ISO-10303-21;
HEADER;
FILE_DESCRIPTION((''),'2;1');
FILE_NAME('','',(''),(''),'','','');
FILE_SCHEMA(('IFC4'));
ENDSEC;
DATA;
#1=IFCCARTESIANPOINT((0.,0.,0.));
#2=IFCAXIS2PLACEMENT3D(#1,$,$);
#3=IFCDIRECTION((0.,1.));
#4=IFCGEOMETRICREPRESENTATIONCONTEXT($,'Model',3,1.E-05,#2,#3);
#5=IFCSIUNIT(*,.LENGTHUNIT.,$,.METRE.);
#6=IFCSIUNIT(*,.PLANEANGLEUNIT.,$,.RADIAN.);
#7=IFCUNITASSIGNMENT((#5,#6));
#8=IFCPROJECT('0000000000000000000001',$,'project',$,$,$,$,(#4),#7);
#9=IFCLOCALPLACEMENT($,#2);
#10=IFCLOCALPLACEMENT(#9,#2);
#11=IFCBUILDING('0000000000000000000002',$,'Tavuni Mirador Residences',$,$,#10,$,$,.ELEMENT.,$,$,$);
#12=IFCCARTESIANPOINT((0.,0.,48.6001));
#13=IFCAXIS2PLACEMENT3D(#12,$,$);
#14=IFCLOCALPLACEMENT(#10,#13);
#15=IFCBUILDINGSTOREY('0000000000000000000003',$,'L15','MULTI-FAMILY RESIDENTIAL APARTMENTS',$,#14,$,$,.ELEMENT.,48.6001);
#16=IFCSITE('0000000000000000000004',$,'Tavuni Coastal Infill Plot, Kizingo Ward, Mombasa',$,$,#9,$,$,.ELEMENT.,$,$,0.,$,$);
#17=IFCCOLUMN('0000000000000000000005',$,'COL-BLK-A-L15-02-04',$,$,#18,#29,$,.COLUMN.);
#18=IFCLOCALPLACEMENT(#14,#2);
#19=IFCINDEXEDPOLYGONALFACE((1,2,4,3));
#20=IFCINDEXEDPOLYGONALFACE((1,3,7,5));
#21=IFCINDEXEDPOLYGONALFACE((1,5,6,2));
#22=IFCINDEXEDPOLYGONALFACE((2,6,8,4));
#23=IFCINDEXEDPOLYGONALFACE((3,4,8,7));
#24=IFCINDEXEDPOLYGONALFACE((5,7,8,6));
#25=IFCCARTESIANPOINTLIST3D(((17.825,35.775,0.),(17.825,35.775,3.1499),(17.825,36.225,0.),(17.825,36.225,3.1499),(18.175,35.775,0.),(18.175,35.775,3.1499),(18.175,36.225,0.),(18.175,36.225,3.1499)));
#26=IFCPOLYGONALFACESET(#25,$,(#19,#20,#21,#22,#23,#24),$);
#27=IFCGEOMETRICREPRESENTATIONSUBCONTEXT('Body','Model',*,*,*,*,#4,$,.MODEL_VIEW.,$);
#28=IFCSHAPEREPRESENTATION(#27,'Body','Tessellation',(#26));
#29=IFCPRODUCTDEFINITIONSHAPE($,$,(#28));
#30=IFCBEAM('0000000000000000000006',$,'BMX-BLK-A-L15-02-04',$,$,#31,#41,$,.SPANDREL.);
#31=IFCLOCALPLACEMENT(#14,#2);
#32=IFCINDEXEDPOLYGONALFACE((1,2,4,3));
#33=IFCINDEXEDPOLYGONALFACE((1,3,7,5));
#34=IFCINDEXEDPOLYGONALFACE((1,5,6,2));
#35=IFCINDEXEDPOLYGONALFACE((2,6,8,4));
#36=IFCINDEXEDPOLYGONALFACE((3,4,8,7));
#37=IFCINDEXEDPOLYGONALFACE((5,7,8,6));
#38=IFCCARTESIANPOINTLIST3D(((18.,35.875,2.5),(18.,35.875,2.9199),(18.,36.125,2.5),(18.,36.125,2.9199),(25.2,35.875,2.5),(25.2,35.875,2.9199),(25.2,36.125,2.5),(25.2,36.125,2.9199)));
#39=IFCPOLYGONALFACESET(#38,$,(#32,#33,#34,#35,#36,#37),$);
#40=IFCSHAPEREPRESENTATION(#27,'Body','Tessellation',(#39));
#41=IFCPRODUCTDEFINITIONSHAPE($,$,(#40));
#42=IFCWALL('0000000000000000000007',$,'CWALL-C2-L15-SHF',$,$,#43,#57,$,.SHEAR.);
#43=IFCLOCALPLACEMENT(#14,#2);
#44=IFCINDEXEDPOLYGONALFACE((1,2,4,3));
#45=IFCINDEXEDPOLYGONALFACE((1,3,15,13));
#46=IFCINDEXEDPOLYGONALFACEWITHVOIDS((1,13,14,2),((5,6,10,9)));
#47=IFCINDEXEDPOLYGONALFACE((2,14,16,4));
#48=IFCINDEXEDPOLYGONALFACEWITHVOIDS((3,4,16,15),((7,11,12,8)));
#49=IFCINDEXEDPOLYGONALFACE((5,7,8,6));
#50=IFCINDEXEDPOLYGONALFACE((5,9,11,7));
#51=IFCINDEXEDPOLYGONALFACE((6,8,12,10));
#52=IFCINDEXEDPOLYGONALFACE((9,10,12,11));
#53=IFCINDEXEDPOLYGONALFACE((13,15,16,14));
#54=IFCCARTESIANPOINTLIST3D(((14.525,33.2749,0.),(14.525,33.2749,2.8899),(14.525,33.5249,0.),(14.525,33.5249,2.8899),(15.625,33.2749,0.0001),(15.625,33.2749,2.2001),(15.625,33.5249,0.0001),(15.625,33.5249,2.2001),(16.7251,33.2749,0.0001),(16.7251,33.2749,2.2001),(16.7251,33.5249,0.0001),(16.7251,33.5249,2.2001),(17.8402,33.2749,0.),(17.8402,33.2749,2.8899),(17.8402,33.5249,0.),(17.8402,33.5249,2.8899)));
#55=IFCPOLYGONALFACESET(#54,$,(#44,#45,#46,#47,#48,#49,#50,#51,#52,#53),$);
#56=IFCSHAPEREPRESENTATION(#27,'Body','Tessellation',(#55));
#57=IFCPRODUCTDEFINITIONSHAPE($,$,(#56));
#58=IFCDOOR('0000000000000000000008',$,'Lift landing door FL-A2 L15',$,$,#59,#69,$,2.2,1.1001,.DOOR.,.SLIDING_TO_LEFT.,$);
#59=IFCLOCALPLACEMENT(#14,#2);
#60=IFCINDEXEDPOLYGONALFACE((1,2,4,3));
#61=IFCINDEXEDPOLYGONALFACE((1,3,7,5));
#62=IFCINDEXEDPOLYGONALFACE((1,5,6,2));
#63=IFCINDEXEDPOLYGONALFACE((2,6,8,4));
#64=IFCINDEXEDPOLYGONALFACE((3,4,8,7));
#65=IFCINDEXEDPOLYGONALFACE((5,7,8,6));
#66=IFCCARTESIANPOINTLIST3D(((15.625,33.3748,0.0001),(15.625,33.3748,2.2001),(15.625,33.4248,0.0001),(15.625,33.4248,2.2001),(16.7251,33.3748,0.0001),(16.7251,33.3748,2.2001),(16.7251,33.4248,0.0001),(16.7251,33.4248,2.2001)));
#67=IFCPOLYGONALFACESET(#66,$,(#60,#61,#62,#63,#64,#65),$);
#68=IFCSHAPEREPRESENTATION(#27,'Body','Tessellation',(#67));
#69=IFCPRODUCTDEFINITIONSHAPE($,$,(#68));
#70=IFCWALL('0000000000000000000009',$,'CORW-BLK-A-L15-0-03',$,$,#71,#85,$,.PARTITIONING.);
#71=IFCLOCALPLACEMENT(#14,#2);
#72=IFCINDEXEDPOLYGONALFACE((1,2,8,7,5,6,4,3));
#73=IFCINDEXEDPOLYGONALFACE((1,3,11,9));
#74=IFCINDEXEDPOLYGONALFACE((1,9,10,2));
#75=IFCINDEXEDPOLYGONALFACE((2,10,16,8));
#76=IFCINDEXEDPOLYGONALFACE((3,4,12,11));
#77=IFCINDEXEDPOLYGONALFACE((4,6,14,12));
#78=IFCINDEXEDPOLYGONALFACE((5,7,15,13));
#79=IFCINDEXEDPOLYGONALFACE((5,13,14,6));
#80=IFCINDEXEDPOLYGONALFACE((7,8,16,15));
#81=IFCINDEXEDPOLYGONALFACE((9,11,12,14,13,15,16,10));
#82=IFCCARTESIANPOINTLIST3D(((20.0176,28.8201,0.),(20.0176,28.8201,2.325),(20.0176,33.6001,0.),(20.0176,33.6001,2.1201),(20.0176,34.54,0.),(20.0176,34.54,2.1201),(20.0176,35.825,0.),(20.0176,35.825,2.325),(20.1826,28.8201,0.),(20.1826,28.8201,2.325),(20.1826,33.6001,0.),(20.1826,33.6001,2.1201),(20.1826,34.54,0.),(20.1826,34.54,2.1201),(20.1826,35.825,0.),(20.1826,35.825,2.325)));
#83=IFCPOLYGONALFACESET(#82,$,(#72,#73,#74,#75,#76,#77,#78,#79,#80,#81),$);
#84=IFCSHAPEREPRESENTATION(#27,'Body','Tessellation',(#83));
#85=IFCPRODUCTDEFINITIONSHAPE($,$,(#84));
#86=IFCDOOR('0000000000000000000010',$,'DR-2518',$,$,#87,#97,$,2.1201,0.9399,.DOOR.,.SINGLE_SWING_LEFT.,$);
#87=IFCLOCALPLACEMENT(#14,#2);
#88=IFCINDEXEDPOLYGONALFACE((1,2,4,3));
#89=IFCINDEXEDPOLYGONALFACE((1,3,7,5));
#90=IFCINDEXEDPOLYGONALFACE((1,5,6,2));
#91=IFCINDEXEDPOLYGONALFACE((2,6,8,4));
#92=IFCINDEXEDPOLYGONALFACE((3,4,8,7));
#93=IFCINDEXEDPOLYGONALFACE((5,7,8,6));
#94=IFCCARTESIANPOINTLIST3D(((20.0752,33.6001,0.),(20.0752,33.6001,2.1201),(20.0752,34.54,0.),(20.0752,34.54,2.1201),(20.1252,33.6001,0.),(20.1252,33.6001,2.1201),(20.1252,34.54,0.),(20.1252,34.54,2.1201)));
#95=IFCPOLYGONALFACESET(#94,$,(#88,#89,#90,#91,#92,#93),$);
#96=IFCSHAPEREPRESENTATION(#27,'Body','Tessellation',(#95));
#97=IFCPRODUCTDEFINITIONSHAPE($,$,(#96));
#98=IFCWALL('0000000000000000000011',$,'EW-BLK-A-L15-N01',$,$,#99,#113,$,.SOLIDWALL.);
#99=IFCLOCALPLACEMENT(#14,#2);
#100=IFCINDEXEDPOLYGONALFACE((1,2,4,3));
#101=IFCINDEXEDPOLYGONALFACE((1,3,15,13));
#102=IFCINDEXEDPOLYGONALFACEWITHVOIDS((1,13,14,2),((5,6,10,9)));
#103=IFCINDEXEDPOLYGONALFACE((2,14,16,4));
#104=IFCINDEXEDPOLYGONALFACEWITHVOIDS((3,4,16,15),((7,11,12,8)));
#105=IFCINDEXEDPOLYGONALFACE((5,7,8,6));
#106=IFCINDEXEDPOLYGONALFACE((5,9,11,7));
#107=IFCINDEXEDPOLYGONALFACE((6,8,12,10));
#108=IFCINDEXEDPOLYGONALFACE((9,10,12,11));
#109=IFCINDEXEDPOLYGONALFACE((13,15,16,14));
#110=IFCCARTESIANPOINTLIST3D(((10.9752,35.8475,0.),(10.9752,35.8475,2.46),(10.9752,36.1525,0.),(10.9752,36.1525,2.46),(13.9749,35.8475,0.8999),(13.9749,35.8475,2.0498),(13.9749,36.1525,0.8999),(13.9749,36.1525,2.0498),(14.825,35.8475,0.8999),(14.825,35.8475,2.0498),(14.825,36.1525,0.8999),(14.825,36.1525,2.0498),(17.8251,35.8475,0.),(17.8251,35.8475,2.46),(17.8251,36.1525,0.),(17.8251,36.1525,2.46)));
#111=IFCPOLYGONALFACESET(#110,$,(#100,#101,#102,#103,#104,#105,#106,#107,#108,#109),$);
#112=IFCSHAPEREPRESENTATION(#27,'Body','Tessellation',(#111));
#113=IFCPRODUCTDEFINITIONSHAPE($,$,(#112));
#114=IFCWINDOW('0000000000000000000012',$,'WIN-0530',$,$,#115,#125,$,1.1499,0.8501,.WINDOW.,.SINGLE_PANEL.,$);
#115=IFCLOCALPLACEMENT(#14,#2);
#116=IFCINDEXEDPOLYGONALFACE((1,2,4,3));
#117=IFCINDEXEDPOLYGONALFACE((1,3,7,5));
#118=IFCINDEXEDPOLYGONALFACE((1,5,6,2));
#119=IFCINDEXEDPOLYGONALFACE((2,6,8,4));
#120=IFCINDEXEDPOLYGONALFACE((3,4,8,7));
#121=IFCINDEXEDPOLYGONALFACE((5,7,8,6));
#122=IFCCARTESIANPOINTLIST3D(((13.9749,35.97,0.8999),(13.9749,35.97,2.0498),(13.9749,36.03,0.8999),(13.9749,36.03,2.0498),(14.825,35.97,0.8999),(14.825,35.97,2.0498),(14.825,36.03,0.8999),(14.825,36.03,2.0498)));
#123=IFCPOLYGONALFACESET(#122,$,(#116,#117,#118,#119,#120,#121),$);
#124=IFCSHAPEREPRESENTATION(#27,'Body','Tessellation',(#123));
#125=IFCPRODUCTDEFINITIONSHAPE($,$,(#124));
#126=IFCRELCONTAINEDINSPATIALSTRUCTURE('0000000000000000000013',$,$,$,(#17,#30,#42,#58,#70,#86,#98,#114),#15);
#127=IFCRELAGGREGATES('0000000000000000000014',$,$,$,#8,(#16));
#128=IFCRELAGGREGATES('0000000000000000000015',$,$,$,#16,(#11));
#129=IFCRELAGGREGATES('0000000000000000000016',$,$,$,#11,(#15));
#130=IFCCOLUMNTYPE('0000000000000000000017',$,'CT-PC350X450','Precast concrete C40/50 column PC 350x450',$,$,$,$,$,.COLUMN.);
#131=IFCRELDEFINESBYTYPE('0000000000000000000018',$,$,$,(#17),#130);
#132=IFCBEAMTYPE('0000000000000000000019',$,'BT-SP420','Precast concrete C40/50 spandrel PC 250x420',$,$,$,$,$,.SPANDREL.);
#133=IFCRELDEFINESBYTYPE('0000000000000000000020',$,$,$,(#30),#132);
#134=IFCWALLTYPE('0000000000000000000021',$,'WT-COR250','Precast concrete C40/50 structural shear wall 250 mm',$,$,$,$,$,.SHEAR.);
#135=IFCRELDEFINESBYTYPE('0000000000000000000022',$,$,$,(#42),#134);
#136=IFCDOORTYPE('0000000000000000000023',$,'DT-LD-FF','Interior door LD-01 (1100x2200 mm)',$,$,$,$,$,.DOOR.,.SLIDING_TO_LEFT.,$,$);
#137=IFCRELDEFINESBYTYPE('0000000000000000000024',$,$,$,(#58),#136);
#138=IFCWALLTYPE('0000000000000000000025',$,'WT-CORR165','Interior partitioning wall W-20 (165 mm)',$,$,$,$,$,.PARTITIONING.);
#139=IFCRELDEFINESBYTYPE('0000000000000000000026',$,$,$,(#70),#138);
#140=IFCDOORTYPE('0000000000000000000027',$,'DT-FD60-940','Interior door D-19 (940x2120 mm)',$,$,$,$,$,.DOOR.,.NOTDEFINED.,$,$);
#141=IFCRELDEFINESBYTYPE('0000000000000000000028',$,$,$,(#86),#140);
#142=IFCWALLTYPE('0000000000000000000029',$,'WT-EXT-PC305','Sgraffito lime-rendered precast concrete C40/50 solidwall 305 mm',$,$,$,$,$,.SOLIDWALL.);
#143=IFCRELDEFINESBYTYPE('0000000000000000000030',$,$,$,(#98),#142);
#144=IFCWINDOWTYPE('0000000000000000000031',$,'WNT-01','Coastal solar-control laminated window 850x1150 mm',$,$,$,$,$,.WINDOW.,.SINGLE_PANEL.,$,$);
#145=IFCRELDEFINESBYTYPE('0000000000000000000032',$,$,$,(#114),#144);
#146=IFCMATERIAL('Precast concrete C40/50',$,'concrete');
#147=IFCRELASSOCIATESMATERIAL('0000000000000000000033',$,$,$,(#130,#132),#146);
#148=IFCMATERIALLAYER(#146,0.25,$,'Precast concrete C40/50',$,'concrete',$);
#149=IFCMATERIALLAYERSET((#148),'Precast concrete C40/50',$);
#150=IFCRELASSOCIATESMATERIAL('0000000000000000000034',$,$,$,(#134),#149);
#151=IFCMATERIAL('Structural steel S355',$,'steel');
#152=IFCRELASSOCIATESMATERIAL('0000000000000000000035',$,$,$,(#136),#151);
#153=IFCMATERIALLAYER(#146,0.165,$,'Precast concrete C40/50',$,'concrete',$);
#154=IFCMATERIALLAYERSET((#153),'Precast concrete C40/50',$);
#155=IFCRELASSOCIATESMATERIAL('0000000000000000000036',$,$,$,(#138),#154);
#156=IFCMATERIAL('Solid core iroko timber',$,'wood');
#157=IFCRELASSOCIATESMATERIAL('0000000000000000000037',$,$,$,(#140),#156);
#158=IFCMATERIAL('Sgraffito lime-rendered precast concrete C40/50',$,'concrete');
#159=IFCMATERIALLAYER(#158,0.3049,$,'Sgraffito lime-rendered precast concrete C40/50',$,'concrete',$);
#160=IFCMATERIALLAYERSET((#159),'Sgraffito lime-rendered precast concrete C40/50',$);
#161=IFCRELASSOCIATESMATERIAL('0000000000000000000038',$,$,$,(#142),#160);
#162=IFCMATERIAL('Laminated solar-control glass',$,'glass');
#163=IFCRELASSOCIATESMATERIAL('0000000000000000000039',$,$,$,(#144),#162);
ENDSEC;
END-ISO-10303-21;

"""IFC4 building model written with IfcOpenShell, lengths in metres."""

from ifc_helpers import new_model, si_unit, direction, frame, frame_2d, origin, origin_2d, place, context, subcontext, project, spatial, rectangle, extrude, material, layer, layer_set, material_profile, profile_set, type_object, element, fill, save


model = new_model("IFC4")

# Units and contexts
model_context = context("Model", 3, precision=1e-05, world=origin(), true_north=direction((0.0, 1.0)))
body_context = subcontext(model_context, "Body", "Model", "MODEL_VIEW")
ifc_project = project(units=[si_unit("LENGTHUNIT", "METRE"), si_unit("PLANEANGLEUNIT", "RADIAN")], contexts=[model_context])

# Site, building, storey
site_placement = place(None, origin())
site = spatial("IfcSite", under=ifc_project, at=site_placement, Name="Tavuni Coastal Infill Plot, Kizingo Ward, Mombasa", CompositionType="ELEMENT", RefElevation=0.0)
building_placement = place(site_placement, origin())
building = spatial("IfcBuilding", under=site, at=building_placement, Name="Tavuni Mirador Residences", CompositionType="ELEMENT")
storey_placement = place(building_placement, frame((0.0, 0.0, 48.6001)))
storey = spatial("IfcBuildingStorey", under=building, at=storey_placement, Name="L15", Description="MULTI-FAMILY RESIDENTIAL APARTMENTS", CompositionType="ELEMENT", Elevation=48.6001)

# Column
ifc_material_1 = material(Name="Precast concrete C40/50", Category="concrete")
ifc_material_profile_1 = material_profile(ifc_material_1, rectangle(XDim=0.3501, YDim=0.45, at=origin_2d()), Name="PC 350x450", Category="concrete")
ifc_profile_set_1 = profile_set([ifc_material_profile_1], Name="Precast concrete C40/50")
column_type = type_object("IfcColumnType", Name="CT-PC350X450", Description="Precast concrete C40/50 column PC 350x450", PredefinedType="COLUMN", material=ifc_profile_set_1)
column_placement = place(storey_placement, frame((18.0, 36.0, 0.0), z_axis=(0.0, 0.0, 1.0), x_axis=(1.0, 0.0, 0.0)))
element("IfcColumn", 1, at=column_placement, inside=storey, type_object=column_type, Name="COL-BLK-A-L15-02-04", PredefinedType="COLUMN", context=body_context, shape_type="SweptSolid", body=[
    extrude(rectangle(XDim=0.3501, YDim=0.45, at=origin_2d()), origin(), (0.0, 0.0, 1.0), 3.1499),
])

# Beam
ifc_material_profile_2 = material_profile(ifc_material_1, rectangle(XDim=0.25, YDim=0.4199, at=origin_2d()), Name="PC 250x420", Category="concrete")
ifc_profile_set_2 = profile_set([ifc_material_profile_2], Name="Precast concrete C40/50")
beam_type = type_object("IfcBeamType", Name="BT-SP420", Description="Precast concrete C40/50 spandrel PC 250x420", PredefinedType="SPANDREL", material=ifc_profile_set_2)
beam_placement = place(storey_placement, frame((18.0, 36.0, 2.71), z_axis=(1.0, 0.0, 0.0), x_axis=(0.0, 1.0, 0.0)))
element("IfcBeam", 2, at=beam_placement, inside=storey, type_object=beam_type, Name="BMX-BLK-A-L15-02-04", PredefinedType="SPANDREL", context=body_context, shape_type="SweptSolid", body=[
    extrude(rectangle(XDim=0.25, YDim=0.4199, at=origin_2d()), origin(), (0.0, 0.0, 1.0), 7.2),
])

# Walls, openings, doors
ifc_layer_1 = layer(ifc_material_1, 0.25, Name="Precast concrete C40/50", Category="concrete")
ifc_layer_set_1 = layer_set([ifc_layer_1], Name="Precast concrete C40/50")
wall_type_1 = type_object("IfcWallType", Name="WT-COR250", Description="Precast concrete C40/50 structural shear wall 250 mm", PredefinedType="SHEAR", material=ifc_layer_set_1)
ifc_material_2 = material(Name="Solid core iroko timber", Category="wood")
wall_1_placement = place(storey_placement, frame((14.5249, 33.3999, 0.0), z_axis=(0.0, 0.0, 1.0), x_axis=(1.0, 0.0, 0.0)))
wall_1 = element("IfcWall", 3, at=wall_1_placement, inside=storey, type_object=wall_type_1, Name="CWALL-C2-L15-SHF", PredefinedType="SHEAR", context=body_context, shape_type="SweptSolid", body=[
    extrude(rectangle(XDim=3.3152, YDim=0.25, at=frame_2d((1.6577, 0.0))), origin(), (0.0, 0.0, 1.0), 2.8899),
])
opening_1_placement = place(wall_1_placement, frame((1.1001, 0.0, 0.0)))
opening_1 = element("IfcOpeningElement", 4, at=opening_1_placement, cuts=wall_1, PredefinedType="OPENING", context=body_context, shape_type="SweptSolid", body=[
    extrude(rectangle(XDim=1.1001, YDim=2.2, at=frame_2d((0.55, 1.1001))), frame((0.0, 0.135, 0.0), z_axis=(0.0, -1.0, 0.0), x_axis=(1.0, 0.0, 0.0)), (0.0, 0.0, 1.0), 0.27),
])
ifc_material_3 = material(Name="Structural steel S355", Category="steel")
door_type_1 = type_object("IfcDoorType", Name="DT-LD-FF", Description="Interior door LD-01 (1100x2200 mm)", OperationType="SLIDING_TO_LEFT", PredefinedType="DOOR", material=ifc_material_3)
door_1_placement = place(opening_1_placement, origin())
door_1 = element("IfcDoor", 5, at=door_1_placement, inside=storey, type_object=door_type_1, Name="Lift landing door FL-A2 L15", OperationType="SLIDING_TO_LEFT", OverallHeight=2.2, OverallWidth=1.1001, PredefinedType="DOOR", context=body_context, shape_type="SweptSolid", body=[
    extrude(rectangle(XDim=1.1001, YDim=2.2, at=frame_2d((0.55, 1.1001))), frame((0.0, 0.0249, 0.0), z_axis=(0.0, -1.0, 0.0), x_axis=(1.0, 0.0, 0.0)), (0.0, 0.0, 1.0), 0.05),
])
fill(opening_1, door_1)
ifc_layer_2 = layer(ifc_material_1, 0.165, Name="Precast concrete C40/50", Category="concrete")
ifc_layer_set_2 = layer_set([ifc_layer_2], Name="Precast concrete C40/50")
wall_type_2 = type_object("IfcWallType", Name="WT-CORR165", Description="Interior partitioning wall W-20 (165 mm)", PredefinedType="PARTITIONING", material=ifc_layer_set_2)
wall_2_placement = place(storey_placement, frame((20.1001, 28.8201, 0.0), z_axis=(0.0, 0.0, 1.0), x_axis=(0.0, 1.0, 0.0)))
wall_2 = element("IfcWall", 6, at=wall_2_placement, inside=storey, type_object=wall_type_2, Name="CORW-BLK-A-L15-0-03", PredefinedType="PARTITIONING", context=body_context, shape_type="SweptSolid", body=[
    extrude(rectangle(XDim=7.0049, YDim=0.165, at=frame_2d((3.5024, 0.0))), origin(), (0.0, 0.0, 1.0), 2.325),
])
opening_2_placement = place(wall_2_placement, frame((4.78, 0.0, 0.0)))
opening_2 = element("IfcOpeningElement", 7, at=opening_2_placement, cuts=wall_2, PredefinedType="OPENING", context=body_context, shape_type="SweptSolid", body=[
    extrude(rectangle(XDim=0.9399, YDim=2.1201, at=frame_2d((0.47, 1.0601))), frame((0.0, 0.0925, 0.0), z_axis=(0.0, -1.0, 0.0), x_axis=(1.0, 0.0, 0.0)), (0.0, 0.0, 1.0), 0.1851),
])
door_type_2 = type_object("IfcDoorType", Name="DT-FD60-940", Description="Interior door D-19 (940x2120 mm)", OperationType="NOTDEFINED", PredefinedType="DOOR", material=ifc_material_2)
door_2_placement = place(opening_2_placement, origin())
door_2 = element("IfcDoor", 8, at=door_2_placement, inside=storey, type_object=door_type_2, Name="DR-2518", OperationType="SINGLE_SWING_LEFT", OverallHeight=2.1201, OverallWidth=0.9399, PredefinedType="DOOR", context=body_context, shape_type="SweptSolid", body=[
    extrude(rectangle(XDim=0.9399, YDim=2.1201, at=frame_2d((0.47, 1.0601))), frame((0.0, 0.0249, 0.0), z_axis=(0.0, -1.0, 0.0), x_axis=(1.0, 0.0, 0.0)), (0.0, 0.0, 1.0), 0.05),
])
fill(opening_2, door_2)

# Wall, opening, window
ifc_material_4 = material(Name="Sgraffito lime-rendered precast concrete C40/50", Category="concrete")
ifc_layer_3 = layer(ifc_material_4, 0.3049, Name="Sgraffito lime-rendered precast concrete C40/50", Category="concrete")
ifc_layer_set_3 = layer_set([ifc_layer_3], Name="Sgraffito lime-rendered precast concrete C40/50")
wall_type_3 = type_object("IfcWallType", Name="WT-EXT-PC305", Description="Sgraffito lime-rendered precast concrete C40/50 solidwall 305 mm", PredefinedType="SOLIDWALL", material=ifc_layer_set_3)
wall_3_placement = place(storey_placement, frame((17.825, 36.0, 0.0), z_axis=(0.0, 0.0, 1.0), x_axis=(-1.0, 0.0, 0.0)))
wall_3 = element("IfcWall", 9, at=wall_3_placement, inside=storey, type_object=wall_type_3, Name="EW-BLK-A-L15-N01", PredefinedType="SOLIDWALL", context=body_context, shape_type="SweptSolid", body=[
    extrude(rectangle(XDim=6.8499, YDim=0.3049, at=frame_2d((3.4248, 0.0))), origin(), (0.0, 0.0, 1.0), 2.46),
])
opening_3_placement = place(wall_3_placement, frame((3.0, 0.0, 0.8999)))
opening_3 = element("IfcOpeningElement", 10, at=opening_3_placement, cuts=wall_3, PredefinedType="OPENING", context=body_context, shape_type="SweptSolid", body=[
    extrude(rectangle(XDim=0.8501, YDim=1.1499, at=frame_2d((0.425, 0.575))), frame((0.0, 0.1626, 0.0), z_axis=(0.0, -1.0, 0.0), x_axis=(1.0, 0.0, 0.0)), (0.0, 0.0, 1.0), 0.325),
])
ifc_material_5 = material(Name="Laminated solar-control glass", Category="glass")
window_type = type_object("IfcWindowType", Name="WNT-01", Description="Coastal solar-control laminated window 850x1150 mm", PartitioningType="SINGLE_PANEL", PredefinedType="WINDOW", material=ifc_material_5)
window_placement = place(opening_3_placement, origin())
window = element("IfcWindow", 11, at=window_placement, inside=storey, type_object=window_type, Name="WIN-0530", OverallHeight=1.1499, OverallWidth=0.8501, PartitioningType="SINGLE_PANEL", PredefinedType="WINDOW", context=body_context, shape_type="SweptSolid", body=[
    extrude(rectangle(XDim=0.8501, YDim=1.1499, at=frame_2d((0.425, 0.575))), frame((0.0, 0.03, 0.0), z_axis=(0.0, -1.0, 0.0), x_axis=(1.0, 0.0, 0.0)), (0.0, 0.0, 1.0), 0.0601),
])
fill(opening_3, window)

save(model, "model.ifc")
